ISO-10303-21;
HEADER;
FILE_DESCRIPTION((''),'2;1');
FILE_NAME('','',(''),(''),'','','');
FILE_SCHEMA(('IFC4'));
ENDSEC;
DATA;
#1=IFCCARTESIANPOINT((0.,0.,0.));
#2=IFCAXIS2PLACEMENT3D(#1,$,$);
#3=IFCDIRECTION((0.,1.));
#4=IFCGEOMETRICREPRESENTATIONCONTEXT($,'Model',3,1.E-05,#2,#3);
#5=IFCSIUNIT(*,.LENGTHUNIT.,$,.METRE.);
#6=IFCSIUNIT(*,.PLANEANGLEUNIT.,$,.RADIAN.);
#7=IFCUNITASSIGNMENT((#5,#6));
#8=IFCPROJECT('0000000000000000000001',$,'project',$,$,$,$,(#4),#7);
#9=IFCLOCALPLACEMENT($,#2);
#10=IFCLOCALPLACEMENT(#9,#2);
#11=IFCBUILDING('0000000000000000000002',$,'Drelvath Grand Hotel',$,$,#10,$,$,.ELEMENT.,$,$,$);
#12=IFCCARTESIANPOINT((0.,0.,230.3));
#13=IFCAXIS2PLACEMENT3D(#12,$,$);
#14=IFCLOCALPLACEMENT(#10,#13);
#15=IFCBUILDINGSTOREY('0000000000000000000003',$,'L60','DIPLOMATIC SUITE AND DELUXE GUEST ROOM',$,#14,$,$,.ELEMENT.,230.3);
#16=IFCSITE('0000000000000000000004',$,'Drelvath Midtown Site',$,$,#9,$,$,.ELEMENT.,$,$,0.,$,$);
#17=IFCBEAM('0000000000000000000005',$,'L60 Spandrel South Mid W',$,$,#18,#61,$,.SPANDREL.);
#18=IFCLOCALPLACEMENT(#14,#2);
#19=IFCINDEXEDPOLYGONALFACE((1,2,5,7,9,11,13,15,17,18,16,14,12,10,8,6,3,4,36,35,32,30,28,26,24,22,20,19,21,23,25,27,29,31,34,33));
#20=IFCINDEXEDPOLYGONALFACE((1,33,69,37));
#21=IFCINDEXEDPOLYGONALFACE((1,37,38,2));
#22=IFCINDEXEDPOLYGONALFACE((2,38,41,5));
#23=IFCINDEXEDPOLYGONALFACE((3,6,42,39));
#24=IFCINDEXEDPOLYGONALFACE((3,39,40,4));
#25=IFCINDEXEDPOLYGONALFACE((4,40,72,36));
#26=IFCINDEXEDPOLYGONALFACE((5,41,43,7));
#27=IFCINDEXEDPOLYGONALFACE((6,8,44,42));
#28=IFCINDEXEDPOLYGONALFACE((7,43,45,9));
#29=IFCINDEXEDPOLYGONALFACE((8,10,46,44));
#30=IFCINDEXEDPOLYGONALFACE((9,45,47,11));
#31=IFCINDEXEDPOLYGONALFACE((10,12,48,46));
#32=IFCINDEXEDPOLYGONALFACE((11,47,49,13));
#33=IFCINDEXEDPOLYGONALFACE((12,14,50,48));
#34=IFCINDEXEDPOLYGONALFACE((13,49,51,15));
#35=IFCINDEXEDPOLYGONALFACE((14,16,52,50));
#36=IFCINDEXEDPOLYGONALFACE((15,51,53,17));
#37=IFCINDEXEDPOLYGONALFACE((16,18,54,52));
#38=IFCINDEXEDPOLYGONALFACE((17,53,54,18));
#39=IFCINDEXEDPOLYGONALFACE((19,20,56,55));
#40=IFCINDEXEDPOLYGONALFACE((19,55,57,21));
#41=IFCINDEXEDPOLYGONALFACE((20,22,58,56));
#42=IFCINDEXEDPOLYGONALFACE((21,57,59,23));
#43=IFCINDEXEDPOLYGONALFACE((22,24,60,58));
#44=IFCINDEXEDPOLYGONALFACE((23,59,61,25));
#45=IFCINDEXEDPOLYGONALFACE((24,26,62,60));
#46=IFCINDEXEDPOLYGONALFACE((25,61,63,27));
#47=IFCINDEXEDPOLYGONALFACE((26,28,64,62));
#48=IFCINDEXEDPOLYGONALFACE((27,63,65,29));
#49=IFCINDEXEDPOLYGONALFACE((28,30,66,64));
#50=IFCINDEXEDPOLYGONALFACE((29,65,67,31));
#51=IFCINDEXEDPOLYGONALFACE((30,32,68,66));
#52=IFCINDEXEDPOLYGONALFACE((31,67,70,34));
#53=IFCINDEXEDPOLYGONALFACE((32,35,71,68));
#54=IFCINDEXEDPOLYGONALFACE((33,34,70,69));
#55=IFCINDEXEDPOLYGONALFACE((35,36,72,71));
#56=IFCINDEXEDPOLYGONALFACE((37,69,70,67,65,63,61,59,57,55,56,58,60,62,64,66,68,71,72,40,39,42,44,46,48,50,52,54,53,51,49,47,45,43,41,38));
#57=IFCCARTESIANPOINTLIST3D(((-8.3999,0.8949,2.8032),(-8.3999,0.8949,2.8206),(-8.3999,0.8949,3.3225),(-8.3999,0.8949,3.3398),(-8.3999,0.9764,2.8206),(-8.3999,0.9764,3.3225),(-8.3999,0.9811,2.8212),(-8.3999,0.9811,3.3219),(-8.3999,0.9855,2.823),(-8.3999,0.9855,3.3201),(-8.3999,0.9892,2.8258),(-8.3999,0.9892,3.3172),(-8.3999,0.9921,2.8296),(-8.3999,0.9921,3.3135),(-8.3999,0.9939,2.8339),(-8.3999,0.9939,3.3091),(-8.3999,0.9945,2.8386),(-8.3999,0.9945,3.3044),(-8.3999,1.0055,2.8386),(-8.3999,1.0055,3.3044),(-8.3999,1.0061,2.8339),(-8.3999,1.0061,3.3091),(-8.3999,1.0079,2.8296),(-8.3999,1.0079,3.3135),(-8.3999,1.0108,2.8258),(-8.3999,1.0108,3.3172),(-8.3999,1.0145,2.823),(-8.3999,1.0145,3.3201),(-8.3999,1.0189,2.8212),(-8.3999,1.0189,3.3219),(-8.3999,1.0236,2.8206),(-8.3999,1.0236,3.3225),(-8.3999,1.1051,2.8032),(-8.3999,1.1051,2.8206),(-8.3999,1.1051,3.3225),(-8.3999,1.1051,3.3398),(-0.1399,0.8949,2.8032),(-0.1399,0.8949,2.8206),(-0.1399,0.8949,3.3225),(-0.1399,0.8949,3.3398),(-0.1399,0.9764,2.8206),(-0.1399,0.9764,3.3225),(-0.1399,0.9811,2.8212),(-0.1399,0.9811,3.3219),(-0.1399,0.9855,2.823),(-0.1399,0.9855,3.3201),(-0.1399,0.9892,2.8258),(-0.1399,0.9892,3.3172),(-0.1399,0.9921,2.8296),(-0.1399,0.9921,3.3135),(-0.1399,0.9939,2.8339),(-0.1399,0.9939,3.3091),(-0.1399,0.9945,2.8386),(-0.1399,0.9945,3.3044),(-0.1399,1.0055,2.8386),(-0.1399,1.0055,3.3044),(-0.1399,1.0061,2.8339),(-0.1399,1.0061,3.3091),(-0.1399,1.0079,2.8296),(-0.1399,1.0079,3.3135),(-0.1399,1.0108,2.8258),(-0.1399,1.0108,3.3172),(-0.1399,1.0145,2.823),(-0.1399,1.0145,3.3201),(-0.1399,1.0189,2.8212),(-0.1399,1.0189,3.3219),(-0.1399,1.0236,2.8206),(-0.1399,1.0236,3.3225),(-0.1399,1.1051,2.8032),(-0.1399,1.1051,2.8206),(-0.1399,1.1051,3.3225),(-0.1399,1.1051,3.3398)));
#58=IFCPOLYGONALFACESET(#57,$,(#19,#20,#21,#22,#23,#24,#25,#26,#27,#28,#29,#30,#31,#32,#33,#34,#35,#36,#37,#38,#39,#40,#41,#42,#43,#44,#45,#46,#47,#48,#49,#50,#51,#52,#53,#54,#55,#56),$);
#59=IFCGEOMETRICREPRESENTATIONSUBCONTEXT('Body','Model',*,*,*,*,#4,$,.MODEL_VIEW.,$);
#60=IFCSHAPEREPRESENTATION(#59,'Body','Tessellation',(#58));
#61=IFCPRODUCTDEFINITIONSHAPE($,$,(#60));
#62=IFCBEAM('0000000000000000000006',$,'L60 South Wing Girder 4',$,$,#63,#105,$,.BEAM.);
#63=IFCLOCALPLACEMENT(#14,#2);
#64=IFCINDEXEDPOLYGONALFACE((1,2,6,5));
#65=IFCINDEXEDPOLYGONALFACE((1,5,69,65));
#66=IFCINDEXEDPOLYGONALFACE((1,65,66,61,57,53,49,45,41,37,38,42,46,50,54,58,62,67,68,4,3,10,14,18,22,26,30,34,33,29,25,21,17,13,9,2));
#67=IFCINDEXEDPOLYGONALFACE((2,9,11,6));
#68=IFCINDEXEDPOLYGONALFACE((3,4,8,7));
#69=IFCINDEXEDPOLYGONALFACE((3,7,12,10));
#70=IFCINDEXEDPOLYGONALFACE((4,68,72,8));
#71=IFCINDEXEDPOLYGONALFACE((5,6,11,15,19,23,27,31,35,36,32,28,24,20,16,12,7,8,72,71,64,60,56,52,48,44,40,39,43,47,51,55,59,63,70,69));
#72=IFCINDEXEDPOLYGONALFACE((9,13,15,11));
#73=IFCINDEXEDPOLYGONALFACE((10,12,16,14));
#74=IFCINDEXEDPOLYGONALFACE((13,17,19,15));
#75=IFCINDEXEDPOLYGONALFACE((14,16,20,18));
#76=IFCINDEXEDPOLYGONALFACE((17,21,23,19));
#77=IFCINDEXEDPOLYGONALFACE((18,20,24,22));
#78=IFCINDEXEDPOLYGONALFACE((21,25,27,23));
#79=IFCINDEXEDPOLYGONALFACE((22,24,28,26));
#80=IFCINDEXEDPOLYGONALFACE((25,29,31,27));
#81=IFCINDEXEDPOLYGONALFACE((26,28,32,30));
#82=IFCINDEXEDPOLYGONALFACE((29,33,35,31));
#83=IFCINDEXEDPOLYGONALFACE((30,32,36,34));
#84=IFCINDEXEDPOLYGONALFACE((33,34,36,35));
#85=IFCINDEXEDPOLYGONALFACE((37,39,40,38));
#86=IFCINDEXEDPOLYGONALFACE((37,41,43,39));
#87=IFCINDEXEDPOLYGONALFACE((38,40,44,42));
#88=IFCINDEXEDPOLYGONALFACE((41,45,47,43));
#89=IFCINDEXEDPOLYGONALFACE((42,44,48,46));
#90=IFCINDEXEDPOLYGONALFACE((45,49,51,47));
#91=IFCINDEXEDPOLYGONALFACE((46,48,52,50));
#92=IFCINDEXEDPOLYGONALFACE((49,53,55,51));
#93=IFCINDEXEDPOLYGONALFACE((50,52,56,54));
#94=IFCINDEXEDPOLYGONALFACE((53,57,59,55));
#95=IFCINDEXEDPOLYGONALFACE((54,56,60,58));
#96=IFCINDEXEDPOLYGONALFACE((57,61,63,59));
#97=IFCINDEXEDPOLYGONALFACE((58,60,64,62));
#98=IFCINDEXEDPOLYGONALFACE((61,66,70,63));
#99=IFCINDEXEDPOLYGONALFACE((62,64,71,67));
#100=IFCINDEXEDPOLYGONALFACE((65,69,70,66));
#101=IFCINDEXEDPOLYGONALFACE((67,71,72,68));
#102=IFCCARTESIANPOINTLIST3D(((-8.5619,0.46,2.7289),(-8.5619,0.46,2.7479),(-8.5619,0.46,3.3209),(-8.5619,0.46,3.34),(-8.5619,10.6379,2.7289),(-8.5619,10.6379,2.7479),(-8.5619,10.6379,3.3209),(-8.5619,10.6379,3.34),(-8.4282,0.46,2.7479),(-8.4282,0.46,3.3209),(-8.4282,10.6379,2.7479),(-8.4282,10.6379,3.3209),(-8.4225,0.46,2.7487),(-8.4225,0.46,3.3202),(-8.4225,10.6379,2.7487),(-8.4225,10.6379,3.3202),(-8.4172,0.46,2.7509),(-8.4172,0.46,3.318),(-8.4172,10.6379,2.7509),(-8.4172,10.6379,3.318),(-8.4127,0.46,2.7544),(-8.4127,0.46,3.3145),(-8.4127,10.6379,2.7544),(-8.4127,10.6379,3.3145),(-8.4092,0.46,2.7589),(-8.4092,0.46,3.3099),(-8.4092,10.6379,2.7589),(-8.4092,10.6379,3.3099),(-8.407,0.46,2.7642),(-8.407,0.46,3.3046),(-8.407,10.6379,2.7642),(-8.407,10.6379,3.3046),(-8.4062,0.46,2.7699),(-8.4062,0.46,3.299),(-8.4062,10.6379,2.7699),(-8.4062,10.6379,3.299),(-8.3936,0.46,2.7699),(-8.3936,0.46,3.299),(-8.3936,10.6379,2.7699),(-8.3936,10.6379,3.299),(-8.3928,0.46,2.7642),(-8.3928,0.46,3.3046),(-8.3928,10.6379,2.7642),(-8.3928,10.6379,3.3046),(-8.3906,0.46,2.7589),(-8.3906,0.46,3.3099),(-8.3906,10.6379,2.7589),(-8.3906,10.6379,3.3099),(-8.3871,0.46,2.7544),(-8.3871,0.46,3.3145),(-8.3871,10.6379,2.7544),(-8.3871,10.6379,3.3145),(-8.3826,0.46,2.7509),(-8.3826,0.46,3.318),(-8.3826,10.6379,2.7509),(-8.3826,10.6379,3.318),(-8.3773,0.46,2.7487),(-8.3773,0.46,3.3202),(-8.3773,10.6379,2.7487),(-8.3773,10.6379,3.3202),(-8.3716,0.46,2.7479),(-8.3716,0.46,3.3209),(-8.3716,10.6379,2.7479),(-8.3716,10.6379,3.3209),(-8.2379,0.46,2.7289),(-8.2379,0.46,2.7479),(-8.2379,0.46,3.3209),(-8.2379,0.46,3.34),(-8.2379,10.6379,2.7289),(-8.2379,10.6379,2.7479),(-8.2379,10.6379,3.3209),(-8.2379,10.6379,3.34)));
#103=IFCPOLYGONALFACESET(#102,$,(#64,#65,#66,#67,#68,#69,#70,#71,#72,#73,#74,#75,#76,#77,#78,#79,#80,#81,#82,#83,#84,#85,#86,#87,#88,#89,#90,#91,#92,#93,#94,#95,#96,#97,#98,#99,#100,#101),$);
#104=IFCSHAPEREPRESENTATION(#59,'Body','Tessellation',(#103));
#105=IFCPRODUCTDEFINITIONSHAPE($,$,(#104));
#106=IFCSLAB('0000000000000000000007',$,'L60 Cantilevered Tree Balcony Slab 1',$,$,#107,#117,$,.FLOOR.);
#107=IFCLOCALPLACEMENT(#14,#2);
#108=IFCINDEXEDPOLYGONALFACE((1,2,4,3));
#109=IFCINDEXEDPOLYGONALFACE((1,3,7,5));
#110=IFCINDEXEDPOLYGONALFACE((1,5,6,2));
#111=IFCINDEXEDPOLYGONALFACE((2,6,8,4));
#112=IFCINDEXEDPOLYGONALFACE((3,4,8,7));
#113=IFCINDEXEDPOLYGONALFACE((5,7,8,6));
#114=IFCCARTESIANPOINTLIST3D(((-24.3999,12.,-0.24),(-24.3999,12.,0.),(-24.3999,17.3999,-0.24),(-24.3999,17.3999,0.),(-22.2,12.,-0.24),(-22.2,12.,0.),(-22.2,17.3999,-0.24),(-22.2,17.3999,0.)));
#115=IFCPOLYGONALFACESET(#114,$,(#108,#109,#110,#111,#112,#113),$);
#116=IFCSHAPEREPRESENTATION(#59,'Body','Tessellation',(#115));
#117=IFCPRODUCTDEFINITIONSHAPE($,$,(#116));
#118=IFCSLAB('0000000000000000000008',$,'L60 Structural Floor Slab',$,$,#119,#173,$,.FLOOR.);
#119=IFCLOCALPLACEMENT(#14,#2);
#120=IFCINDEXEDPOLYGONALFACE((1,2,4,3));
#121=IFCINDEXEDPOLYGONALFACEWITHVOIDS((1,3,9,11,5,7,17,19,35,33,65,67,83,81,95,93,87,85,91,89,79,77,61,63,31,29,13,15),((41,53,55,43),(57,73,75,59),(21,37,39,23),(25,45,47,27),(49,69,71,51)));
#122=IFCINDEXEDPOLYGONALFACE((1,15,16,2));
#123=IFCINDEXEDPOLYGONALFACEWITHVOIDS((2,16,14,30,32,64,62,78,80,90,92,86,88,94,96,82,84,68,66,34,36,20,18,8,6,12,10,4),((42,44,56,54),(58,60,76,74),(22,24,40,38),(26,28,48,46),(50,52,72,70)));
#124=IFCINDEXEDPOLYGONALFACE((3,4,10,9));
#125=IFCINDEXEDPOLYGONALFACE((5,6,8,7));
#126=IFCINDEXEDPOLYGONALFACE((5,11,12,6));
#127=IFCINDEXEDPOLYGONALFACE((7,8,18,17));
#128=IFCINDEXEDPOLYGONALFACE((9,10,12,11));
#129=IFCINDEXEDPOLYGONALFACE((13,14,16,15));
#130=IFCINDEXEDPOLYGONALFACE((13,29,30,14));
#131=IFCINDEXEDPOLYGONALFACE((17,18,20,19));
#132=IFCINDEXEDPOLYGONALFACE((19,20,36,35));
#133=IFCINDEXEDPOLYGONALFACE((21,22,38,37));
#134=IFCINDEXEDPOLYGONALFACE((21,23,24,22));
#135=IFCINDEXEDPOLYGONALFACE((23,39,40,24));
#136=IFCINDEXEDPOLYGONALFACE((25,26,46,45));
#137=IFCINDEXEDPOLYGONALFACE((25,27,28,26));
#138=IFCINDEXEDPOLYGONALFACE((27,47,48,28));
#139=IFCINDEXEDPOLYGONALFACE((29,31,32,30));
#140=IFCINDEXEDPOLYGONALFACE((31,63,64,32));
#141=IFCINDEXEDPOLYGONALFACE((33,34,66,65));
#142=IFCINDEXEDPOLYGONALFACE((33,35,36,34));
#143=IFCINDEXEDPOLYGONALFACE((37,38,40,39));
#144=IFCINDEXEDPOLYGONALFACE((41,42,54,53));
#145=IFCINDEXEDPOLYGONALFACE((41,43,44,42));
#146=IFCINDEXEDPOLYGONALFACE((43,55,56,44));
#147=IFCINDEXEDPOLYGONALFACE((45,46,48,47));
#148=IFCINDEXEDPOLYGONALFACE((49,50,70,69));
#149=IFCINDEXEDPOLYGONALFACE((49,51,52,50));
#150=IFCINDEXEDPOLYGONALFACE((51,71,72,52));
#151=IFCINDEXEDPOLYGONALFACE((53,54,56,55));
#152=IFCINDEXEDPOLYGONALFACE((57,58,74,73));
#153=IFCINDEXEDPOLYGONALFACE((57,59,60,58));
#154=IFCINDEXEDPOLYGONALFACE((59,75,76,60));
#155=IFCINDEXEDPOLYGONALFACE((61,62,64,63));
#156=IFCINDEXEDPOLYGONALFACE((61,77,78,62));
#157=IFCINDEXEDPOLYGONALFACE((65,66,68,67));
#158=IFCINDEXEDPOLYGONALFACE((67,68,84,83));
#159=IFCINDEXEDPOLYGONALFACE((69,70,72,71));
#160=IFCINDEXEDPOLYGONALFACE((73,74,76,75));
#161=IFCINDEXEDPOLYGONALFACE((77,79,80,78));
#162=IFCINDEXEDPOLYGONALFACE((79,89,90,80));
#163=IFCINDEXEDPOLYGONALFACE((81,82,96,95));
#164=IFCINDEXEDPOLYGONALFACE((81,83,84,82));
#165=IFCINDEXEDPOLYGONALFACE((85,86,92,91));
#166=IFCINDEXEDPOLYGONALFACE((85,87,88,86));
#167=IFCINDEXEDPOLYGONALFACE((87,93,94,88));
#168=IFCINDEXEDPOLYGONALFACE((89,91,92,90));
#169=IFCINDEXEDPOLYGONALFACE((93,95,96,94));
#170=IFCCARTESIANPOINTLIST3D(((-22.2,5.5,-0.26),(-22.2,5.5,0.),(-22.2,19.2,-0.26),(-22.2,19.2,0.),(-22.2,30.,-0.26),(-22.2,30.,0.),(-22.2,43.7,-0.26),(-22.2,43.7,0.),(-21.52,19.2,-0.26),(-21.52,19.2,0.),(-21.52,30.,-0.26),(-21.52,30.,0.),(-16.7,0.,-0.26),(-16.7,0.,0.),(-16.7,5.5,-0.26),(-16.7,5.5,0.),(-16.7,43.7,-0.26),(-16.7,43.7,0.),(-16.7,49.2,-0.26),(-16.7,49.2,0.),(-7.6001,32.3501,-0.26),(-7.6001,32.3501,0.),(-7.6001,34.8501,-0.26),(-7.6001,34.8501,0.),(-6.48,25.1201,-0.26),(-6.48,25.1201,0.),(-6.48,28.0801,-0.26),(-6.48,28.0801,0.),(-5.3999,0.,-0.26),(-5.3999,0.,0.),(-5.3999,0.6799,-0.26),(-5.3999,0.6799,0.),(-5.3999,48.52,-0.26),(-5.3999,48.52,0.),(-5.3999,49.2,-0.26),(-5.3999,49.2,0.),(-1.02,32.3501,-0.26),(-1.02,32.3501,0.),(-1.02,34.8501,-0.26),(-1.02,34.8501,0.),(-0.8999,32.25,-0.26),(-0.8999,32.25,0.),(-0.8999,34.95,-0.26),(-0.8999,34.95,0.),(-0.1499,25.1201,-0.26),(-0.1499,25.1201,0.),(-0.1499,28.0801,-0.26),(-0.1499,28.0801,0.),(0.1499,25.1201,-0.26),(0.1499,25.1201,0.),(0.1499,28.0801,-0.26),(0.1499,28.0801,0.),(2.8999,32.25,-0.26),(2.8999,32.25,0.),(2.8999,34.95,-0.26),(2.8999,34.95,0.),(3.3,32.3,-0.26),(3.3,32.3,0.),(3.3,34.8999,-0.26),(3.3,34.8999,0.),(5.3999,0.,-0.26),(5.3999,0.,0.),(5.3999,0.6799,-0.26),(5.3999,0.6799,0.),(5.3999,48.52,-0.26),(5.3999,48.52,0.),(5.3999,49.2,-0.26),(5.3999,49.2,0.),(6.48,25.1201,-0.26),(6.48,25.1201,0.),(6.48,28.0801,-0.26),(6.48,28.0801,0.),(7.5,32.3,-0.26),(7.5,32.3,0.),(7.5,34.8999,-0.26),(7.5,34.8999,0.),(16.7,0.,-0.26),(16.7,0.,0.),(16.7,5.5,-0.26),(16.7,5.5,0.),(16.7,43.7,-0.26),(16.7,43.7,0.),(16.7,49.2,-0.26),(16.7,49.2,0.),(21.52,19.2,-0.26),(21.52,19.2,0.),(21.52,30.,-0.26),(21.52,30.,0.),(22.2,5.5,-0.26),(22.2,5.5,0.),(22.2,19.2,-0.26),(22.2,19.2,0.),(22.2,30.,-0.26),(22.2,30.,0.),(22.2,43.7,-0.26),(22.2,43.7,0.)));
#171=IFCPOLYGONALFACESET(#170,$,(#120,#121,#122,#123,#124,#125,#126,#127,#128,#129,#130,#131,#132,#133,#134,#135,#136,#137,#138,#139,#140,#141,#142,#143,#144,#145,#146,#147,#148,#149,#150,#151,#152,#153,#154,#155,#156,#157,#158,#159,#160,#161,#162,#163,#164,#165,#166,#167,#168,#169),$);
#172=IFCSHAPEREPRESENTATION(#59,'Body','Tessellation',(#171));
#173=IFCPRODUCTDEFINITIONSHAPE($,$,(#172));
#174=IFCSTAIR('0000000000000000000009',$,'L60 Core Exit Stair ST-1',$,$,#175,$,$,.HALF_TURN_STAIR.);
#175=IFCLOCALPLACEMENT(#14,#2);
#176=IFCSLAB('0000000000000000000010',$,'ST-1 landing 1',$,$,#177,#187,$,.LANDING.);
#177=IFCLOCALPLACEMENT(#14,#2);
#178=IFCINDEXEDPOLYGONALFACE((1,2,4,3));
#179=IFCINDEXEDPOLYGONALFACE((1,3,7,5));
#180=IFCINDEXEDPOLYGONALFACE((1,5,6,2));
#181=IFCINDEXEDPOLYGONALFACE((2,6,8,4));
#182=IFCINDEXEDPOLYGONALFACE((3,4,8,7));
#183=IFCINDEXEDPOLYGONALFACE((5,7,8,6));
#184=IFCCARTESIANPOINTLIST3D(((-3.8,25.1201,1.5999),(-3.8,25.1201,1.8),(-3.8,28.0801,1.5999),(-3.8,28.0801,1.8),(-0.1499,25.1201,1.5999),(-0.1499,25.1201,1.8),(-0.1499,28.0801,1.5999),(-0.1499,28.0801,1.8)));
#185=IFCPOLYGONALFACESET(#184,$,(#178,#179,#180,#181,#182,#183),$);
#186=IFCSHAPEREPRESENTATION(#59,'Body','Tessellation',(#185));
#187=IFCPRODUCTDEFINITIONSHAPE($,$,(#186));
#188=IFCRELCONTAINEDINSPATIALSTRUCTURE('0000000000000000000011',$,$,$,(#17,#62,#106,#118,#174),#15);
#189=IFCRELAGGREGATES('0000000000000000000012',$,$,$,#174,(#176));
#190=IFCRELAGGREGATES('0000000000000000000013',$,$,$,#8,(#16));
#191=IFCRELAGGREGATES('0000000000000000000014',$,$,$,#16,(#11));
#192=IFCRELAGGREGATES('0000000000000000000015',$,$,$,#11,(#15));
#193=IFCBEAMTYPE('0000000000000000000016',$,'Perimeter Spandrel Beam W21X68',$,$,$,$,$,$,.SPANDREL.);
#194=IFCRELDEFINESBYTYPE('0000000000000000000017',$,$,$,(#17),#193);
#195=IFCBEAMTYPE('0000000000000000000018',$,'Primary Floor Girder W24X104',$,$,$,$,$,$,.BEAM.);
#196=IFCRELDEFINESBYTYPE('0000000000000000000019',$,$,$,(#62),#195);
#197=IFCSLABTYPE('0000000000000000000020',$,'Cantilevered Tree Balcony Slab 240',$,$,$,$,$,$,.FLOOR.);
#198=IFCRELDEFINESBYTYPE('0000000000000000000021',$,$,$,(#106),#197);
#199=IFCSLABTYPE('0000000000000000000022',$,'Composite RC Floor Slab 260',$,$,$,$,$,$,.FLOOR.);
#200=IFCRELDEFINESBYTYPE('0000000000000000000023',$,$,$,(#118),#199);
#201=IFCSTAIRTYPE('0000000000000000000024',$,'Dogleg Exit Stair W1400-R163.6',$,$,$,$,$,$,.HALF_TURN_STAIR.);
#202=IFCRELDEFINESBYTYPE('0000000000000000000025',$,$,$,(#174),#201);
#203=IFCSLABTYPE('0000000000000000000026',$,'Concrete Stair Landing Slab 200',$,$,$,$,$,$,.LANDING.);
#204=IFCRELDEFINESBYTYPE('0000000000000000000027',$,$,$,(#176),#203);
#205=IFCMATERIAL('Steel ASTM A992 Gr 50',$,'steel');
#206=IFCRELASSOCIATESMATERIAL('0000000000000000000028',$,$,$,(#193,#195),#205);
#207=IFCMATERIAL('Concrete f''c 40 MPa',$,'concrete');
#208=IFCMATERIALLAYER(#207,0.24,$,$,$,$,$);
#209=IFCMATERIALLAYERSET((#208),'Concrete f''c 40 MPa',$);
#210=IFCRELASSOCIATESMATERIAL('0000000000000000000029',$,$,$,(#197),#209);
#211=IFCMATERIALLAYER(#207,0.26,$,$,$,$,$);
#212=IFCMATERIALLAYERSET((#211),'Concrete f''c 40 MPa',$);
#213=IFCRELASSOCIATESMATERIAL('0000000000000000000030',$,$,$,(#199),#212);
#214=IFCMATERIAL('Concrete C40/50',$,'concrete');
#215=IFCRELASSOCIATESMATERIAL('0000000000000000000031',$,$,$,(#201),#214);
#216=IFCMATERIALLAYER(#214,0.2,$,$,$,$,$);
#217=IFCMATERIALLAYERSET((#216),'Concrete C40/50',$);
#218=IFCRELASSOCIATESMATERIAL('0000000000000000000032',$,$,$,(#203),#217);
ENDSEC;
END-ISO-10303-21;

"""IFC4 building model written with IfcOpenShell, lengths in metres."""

from ifc_helpers import new_model, si_unit, direction, frame, origin, origin_2d, place, context, subcontext, project, spatial, polyline, i_section, outline, extrude, material, layer, layer_set, material_profile, profile_set, type_object, element, aggregate, save


model = new_model("IFC4")

# Units and contexts
model_context = context("Model", 3, precision=1e-05, world=origin(), true_north=direction((0.0, 1.0)))
body_context = subcontext(model_context, "Body", "Model", "MODEL_VIEW")
ifc_project = project(units=[si_unit("LENGTHUNIT", "METRE"), si_unit("PLANEANGLEUNIT", "RADIAN")], contexts=[model_context])

# Site, building, storey
site_placement = place(None, origin())
site = spatial("IfcSite", under=ifc_project, at=site_placement, Name="Drelvath Midtown Site", CompositionType="ELEMENT", RefElevation=0.0)
building_placement = place(site_placement, origin())
building = spatial("IfcBuilding", under=site, at=building_placement, Name="Drelvath Grand Hotel", CompositionType="ELEMENT")
storey_placement = place(building_placement, frame((0.0, 0.0, 230.3)))
storey = spatial("IfcBuildingStorey", under=building, at=storey_placement, Name="L60", Description="DIPLOMATIC SUITE AND DELUXE GUEST ROOM", CompositionType="ELEMENT", Elevation=230.3)

# Beams
ifc_material_1 = material(Name="Steel ASTM A992 Gr 50", Category="steel")
ifc_material_profile_1 = material_profile(ifc_material_1, i_section(OverallWidth=0.2102, OverallDepth=0.5366, WebThickness=0.011, FlangeThickness=0.0173, FilletRadius=0.0181, at=origin_2d()), Name="W21X68")
ifc_profile_set_1 = profile_set([ifc_material_profile_1], Name="Steel ASTM A992 Gr 50")
beam_type_1 = type_object("IfcBeamType", Name="Perimeter Spandrel Beam W21X68", PredefinedType="SPANDREL", material=ifc_profile_set_1)
beam_1_placement = place(storey_placement, frame((-8.3999, 1.0, 3.0715), z_axis=(1.0, 0.0, 0.0), x_axis=(0.0, 1.0, 0.0)))
element("IfcBeam", 1, at=beam_1_placement, inside=storey, type_object=beam_type_1, Name="L60 Spandrel South Mid W", PredefinedType="SPANDREL", context=body_context, shape_type="SweptSolid", body=[
    extrude(i_section(OverallWidth=0.2102, OverallDepth=0.5366, WebThickness=0.011, FlangeThickness=0.0173, FilletRadius=0.0181, at=origin_2d()), origin(), (0.0, 0.0, 1.0), 8.26),
])
ifc_material_profile_2 = material_profile(ifc_material_1, i_section(OverallWidth=0.324, OverallDepth=0.6111, WebThickness=0.0127, FlangeThickness=0.019, FilletRadius=0.022, at=origin_2d()), Name="W24X104")
ifc_profile_set_2 = profile_set([ifc_material_profile_2], Name="Steel ASTM A992 Gr 50")
beam_type_2 = type_object("IfcBeamType", Name="Primary Floor Girder W24X104", PredefinedType="BEAM", material=ifc_profile_set_2)
beam_2_placement = place(storey_placement, frame((-8.3999, 0.46, 3.0344), z_axis=(0.0, 1.0, 0.0), x_axis=(-1.0, 0.0, 0.0)))
element("IfcBeam", 2, at=beam_2_placement, inside=storey, type_object=beam_type_2, Name="L60 South Wing Girder 4", PredefinedType="BEAM", context=body_context, shape_type="SweptSolid", body=[
    extrude(i_section(OverallWidth=0.324, OverallDepth=0.6111, WebThickness=0.0127, FlangeThickness=0.019, FilletRadius=0.022, at=origin_2d()), origin(), (0.0, 0.0, 1.0), 10.178),
])

# Slabs
ifc_material_2 = material(Name="Concrete f'c 40 MPa", Category="concrete")
ifc_layer_1 = layer(ifc_material_2, 0.24)
ifc_layer_set_1 = layer_set([ifc_layer_1], Name="Concrete f'c 40 MPa")
slab_type_1 = type_object("IfcSlabType", Name="Cantilevered Tree Balcony Slab 240", PredefinedType="FLOOR", material=ifc_layer_set_1)
slab_1_placement = place(storey_placement, frame((0.0, 0.0, -0.24)))
element("IfcSlab", 3, at=slab_1_placement, inside=storey, type_object=slab_type_1, Name="L60 Cantilevered Tree Balcony Slab 1", PredefinedType="FLOOR", context=body_context, shape_type="SweptSolid", body=[
    extrude(outline(polyline([(-24.3999, 12.0), (-22.2, 12.0), (-22.2, 17.3999), (-24.3999, 17.3999), (-24.3999, 12.0)])), origin(), (0.0, 0.0, 1.0), 0.24),
])
ifc_layer_2 = layer(ifc_material_2, 0.26)
ifc_layer_set_2 = layer_set([ifc_layer_2], Name="Concrete f'c 40 MPa")
slab_type_2 = type_object("IfcSlabType", Name="Composite RC Floor Slab 260", PredefinedType="FLOOR", material=ifc_layer_set_2)
slab_2_placement = place(storey_placement, frame((0.0, 0.0, -0.26)))
element("IfcSlab", 4, at=slab_2_placement, inside=storey, type_object=slab_type_2, Name="L60 Structural Floor Slab", PredefinedType="FLOOR", context=body_context, shape_type="SweptSolid", body=[
    extrude(outline(polyline([(-16.7, 0.0), (-5.3999, 0.0), (-5.3999, 0.6799), (5.3999, 0.6799), (5.3999, 0.0), (16.7, 0.0), (16.7, 5.5), (22.2, 5.5), (22.2, 19.2), (21.52, 19.2), (21.52, 30.0), (22.2, 30.0), (22.2, 43.7), (16.7, 43.7), (16.7, 49.2), (5.3999, 49.2), (5.3999, 48.52), (-5.3999, 48.52), (-5.3999, 49.2), (-16.7, 49.2), (-16.7, 43.7), (-22.2, 43.7), (-22.2, 30.0), (-21.52, 30.0), (-21.52, 19.2), (-22.2, 19.2), (-22.2, 5.5), (-16.7, 5.5), (-16.7, 0.0)]), holes=[polyline([(-6.48, 25.1201), (-6.48, 28.0801), (-0.1499, 28.0801), (-0.1499, 25.1201), (-6.48, 25.1201)]), polyline([(0.1499, 25.1201), (0.1499, 28.0801), (6.48, 28.0801), (6.48, 25.1201), (0.1499, 25.1201)]), polyline([(-7.6001, 32.3501), (-7.6001, 34.8501), (-1.02, 34.8501), (-1.02, 32.3501), (-7.6001, 32.3501)]), polyline([(-0.8999, 32.25), (-0.8999, 34.95), (2.8999, 34.95), (2.8999, 32.25), (-0.8999, 32.25)]), polyline([(3.3, 32.3), (3.3, 34.8999), (7.5, 34.8999), (7.5, 32.3), (3.3, 32.3)])]), origin(), (0.0, 0.0, 1.0), 0.26),
])

# Stair, slab
ifc_material_3 = material(Name="Concrete C40/50", Category="concrete")
stair_type = type_object("IfcStairType", Name="Dogleg Exit Stair W1400-R163.6", PredefinedType="HALF_TURN_STAIR", material=ifc_material_3)
stair_1_placement = place(storey_placement, origin())
stair_1 = element("IfcStair", 5, at=stair_1_placement, inside=storey, type_object=stair_type, Name="L60 Core Exit Stair ST-1", PredefinedType="HALF_TURN_STAIR")
ifc_layer_3 = layer(ifc_material_3, 0.2)
ifc_layer_set_3 = layer_set([ifc_layer_3], Name="Concrete C40/50")
slab_type_3 = type_object("IfcSlabType", Name="Concrete Stair Landing Slab 200", PredefinedType="LANDING", material=ifc_layer_set_3)
slab_3_placement = place(storey_placement, frame((0.0, 0.0, 1.5999)))
slab_3 = element("IfcSlab", 6, at=slab_3_placement, type_object=slab_type_3, Name="ST-1 landing 1", PredefinedType="LANDING", context=body_context, shape_type="SweptSolid", body=[
    extrude(outline(polyline([(-3.8, 25.1201), (-0.1499, 25.1201), (-0.1499, 28.0801), (-3.8, 28.0801), (-3.8, 25.1201)])), origin(), (0.0, 0.0, 1.0), 0.2002),
])
aggregate(stair_1, [slab_3])

save(model, "model.ifc")
